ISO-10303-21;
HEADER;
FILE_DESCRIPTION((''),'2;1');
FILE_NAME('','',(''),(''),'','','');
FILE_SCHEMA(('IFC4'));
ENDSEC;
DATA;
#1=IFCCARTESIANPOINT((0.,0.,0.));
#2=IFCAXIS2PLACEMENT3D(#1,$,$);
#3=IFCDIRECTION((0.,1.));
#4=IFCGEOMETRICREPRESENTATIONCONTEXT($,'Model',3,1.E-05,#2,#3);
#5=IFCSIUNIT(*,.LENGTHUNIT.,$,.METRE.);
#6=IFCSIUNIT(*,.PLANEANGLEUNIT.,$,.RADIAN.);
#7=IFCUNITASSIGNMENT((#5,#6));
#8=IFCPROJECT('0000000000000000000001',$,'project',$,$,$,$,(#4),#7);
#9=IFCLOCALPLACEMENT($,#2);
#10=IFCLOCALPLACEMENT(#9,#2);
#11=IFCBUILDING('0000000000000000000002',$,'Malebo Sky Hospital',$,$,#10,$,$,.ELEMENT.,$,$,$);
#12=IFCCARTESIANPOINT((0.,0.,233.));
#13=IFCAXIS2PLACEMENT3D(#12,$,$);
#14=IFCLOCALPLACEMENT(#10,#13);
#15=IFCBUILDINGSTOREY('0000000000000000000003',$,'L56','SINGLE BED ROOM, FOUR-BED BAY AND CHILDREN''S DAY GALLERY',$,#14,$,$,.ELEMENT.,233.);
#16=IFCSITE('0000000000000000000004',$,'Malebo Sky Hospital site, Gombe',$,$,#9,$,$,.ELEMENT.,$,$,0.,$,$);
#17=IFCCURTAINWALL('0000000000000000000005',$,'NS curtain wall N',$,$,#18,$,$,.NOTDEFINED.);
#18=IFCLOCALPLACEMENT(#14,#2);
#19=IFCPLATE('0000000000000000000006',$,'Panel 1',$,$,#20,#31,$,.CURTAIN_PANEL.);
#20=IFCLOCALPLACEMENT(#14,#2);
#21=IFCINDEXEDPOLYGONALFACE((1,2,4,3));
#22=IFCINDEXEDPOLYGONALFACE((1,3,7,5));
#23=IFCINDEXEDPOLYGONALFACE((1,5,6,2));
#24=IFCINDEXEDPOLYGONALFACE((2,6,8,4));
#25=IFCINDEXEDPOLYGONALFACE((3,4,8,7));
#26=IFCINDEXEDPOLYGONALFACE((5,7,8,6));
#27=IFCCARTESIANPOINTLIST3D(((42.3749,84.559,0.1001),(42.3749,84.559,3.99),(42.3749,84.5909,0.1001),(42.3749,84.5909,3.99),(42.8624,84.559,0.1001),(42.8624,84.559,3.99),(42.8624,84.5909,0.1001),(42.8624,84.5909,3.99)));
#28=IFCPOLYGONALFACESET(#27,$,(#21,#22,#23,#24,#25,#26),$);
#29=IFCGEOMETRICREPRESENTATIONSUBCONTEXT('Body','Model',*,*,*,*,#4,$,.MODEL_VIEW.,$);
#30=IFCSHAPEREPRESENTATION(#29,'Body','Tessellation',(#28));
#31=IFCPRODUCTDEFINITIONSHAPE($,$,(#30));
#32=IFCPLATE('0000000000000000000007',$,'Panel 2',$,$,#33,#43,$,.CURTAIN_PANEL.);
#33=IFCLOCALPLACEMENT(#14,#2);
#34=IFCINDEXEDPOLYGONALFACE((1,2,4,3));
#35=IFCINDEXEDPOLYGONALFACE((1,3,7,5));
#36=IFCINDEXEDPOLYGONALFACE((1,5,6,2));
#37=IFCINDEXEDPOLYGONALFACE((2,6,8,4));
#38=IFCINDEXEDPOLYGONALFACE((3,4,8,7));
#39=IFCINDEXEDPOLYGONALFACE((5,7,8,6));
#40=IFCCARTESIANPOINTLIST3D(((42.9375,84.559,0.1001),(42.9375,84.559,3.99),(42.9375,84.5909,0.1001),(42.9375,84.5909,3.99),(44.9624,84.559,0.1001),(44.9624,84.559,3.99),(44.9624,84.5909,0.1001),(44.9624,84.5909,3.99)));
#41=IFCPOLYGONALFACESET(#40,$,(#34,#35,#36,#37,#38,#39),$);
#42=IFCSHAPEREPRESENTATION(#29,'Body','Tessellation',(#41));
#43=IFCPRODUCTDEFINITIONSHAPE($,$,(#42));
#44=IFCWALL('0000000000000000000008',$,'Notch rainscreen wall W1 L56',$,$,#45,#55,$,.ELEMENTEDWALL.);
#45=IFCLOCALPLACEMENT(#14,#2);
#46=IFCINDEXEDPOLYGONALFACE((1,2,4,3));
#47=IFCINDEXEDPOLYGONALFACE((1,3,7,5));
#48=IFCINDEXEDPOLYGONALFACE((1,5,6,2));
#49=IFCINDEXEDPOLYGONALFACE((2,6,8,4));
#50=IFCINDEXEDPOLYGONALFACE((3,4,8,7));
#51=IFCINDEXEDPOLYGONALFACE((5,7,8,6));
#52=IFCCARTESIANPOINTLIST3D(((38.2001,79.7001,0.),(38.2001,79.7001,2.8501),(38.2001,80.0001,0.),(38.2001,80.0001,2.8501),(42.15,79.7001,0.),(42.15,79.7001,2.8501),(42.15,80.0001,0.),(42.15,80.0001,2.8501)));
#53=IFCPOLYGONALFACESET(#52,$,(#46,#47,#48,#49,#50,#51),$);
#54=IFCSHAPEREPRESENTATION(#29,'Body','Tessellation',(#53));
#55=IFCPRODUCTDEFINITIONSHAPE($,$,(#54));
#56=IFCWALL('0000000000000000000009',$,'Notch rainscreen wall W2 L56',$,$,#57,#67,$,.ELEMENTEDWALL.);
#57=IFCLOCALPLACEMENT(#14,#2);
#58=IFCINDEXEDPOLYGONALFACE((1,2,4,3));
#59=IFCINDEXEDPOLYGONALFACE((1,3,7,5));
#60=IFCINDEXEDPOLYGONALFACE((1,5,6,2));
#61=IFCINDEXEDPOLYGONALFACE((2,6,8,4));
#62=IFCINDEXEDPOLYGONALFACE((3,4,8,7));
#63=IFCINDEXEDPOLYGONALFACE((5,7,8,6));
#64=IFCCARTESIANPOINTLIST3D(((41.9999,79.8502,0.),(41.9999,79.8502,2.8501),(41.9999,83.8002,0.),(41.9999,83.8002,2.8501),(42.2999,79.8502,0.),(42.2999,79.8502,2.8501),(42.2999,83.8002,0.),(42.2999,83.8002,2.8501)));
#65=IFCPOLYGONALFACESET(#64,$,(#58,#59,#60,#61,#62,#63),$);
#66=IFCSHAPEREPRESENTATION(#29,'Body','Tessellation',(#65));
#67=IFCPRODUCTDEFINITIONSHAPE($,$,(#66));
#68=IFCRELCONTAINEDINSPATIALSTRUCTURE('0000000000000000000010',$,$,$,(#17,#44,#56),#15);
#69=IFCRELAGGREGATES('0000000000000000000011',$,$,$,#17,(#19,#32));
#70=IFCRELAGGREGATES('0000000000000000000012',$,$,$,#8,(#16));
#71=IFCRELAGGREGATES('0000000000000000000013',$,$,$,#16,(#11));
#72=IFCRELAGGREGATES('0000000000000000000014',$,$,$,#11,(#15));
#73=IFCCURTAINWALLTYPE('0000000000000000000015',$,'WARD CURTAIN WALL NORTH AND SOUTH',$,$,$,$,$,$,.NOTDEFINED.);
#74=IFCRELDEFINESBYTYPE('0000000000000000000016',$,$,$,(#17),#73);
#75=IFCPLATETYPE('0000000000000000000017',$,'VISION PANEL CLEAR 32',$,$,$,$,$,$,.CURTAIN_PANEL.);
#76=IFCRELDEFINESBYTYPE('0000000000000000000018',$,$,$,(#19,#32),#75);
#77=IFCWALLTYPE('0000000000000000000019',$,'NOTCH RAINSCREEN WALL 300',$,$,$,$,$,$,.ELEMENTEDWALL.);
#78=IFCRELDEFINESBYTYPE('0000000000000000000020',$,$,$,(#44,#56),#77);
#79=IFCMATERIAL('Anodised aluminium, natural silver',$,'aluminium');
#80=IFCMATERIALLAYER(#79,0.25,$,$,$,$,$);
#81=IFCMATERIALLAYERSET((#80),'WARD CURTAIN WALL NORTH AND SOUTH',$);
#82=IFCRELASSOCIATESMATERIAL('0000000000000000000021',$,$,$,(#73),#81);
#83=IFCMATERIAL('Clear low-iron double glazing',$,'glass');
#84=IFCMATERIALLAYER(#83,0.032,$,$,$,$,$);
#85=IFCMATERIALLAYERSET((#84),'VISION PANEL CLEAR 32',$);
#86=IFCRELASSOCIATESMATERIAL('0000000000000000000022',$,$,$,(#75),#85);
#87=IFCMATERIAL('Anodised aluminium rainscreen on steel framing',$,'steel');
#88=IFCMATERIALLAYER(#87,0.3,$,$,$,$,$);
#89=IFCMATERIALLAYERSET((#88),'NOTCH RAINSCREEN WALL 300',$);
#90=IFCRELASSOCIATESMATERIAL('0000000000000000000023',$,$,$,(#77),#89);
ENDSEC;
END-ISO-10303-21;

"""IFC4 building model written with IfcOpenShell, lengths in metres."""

from ifc_helpers import new_model, si_unit, direction, frame, frame_2d, origin, origin_2d, place, context, subcontext, project, spatial, rectangle, extrude, material, layer, layer_set, type_object, element, aggregate, save


model = new_model("IFC4")

# Units and contexts
model_context = context("Model", 3, precision=1e-05, world=origin(), true_north=direction((0.0, 1.0)))
body_context = subcontext(model_context, "Body", "Model", "MODEL_VIEW")
ifc_project = project(units=[si_unit("LENGTHUNIT", "METRE"), si_unit("PLANEANGLEUNIT", "RADIAN")], contexts=[model_context])

# Site, building, storey
site_placement = place(None, origin())
site = spatial("IfcSite", under=ifc_project, at=site_placement, Name="Malebo Sky Hospital site, Gombe", CompositionType="ELEMENT", RefElevation=0.0)
building_placement = place(site_placement, origin())
building = spatial("IfcBuilding", under=site, at=building_placement, Name="Malebo Sky Hospital", CompositionType="ELEMENT")
storey_placement = place(building_placement, frame((0.0, 0.0, 233.0)))
storey = spatial("IfcBuildingStorey", under=building, at=storey_placement, Name="L56", Description="SINGLE BED ROOM, FOUR-BED BAY AND CHILDREN'S DAY GALLERY", CompositionType="ELEMENT", Elevation=233.0)

# Curtain wall
ifc_material_1 = material(Name="Anodised aluminium, natural silver", Category="aluminium")
ifc_layer_1 = layer(ifc_material_1, 0.25)
ifc_layer_set_1 = layer_set([ifc_layer_1], Name="WARD CURTAIN WALL NORTH AND SOUTH")
curtain_wall_type = type_object("IfcCurtainWallType", Name="WARD CURTAIN WALL NORTH AND SOUTH", PredefinedType="NOTDEFINED", material=ifc_layer_set_1)
curtain_wall_placement = place(storey_placement, origin())
curtain_wall = element("IfcCurtainWall", 1, at=curtain_wall_placement, inside=storey, type_object=curtain_wall_type, Name="NS curtain wall N", PredefinedType="NOTDEFINED")

# Plates
ifc_material_2 = material(Name="Clear low-iron double glazing", Category="glass")
ifc_layer_2 = layer(ifc_material_2, 0.032)
ifc_layer_set_2 = layer_set([ifc_layer_2], Name="VISION PANEL CLEAR 32")
plate_type = type_object("IfcPlateType", Name="VISION PANEL CLEAR 32", PredefinedType="CURTAIN_PANEL", material=ifc_layer_set_2)
plate_1_placement = place(storey_placement, frame((42.6187, 84.575, 0.1001), z_axis=(0.0, 0.0, 1.0), x_axis=(1.0, 0.0, 0.0)))
plate_1 = element("IfcPlate", 2, at=plate_1_placement, type_object=plate_type, Name="Panel 1", PredefinedType="CURTAIN_PANEL", context=body_context, shape_type="SweptSolid", body=[
    extrude(rectangle(XDim=0.4875, YDim=0.032, at=origin_2d()), origin(), (0.0, 0.0, 1.0), 3.8899),
])
plate_2_placement = place(storey_placement, frame((43.95, 84.575, 0.1001), z_axis=(0.0, 0.0, 1.0), x_axis=(1.0, 0.0, 0.0)))
plate_2 = element("IfcPlate", 3, at=plate_2_placement, type_object=plate_type, Name="Panel 2", PredefinedType="CURTAIN_PANEL", context=body_context, shape_type="SweptSolid", body=[
    extrude(rectangle(XDim=2.0249, YDim=0.032, at=origin_2d()), origin(), (0.0, 0.0, 1.0), 3.8899),
])
aggregate(curtain_wall, [plate_1, plate_2])

# Walls
ifc_material_3 = material(Name="Anodised aluminium rainscreen on steel framing", Category="steel")
ifc_layer_3 = layer(ifc_material_3, 0.3)
ifc_layer_set_3 = layer_set([ifc_layer_3], Name="NOTCH RAINSCREEN WALL 300")
wall_type = type_object("IfcWallType", Name="NOTCH RAINSCREEN WALL 300", PredefinedType="ELEMENTEDWALL", material=ifc_layer_set_3)
for number, where, z_axis, x_axis, name in (
    (4, (38.2, 79.8501, 0.0), (0.0, 0.0, 1.0), (1.0, 0.0, 0.0), "Notch rainscreen wall W1 L56"),
    (5, (42.1499, 79.8501, 0.0), (0.0, 0.0, 1.0), (0.0, 1.0, 0.0), "Notch rainscreen wall W2 L56"),
):
    element("IfcWall", number, at=place(storey_placement, frame(where, z_axis=z_axis, x_axis=x_axis)), inside=storey, type_object=wall_type, Name=name, PredefinedType="ELEMENTEDWALL", context=body_context, shape_type="SweptSolid", body=[
        extrude(rectangle(XDim=3.95, YDim=0.3, at=frame_2d((1.9751, 0.0))), origin(), (0.0, 0.0, 1.0), 2.8501),
    ])

save(model, "model.ifc")
